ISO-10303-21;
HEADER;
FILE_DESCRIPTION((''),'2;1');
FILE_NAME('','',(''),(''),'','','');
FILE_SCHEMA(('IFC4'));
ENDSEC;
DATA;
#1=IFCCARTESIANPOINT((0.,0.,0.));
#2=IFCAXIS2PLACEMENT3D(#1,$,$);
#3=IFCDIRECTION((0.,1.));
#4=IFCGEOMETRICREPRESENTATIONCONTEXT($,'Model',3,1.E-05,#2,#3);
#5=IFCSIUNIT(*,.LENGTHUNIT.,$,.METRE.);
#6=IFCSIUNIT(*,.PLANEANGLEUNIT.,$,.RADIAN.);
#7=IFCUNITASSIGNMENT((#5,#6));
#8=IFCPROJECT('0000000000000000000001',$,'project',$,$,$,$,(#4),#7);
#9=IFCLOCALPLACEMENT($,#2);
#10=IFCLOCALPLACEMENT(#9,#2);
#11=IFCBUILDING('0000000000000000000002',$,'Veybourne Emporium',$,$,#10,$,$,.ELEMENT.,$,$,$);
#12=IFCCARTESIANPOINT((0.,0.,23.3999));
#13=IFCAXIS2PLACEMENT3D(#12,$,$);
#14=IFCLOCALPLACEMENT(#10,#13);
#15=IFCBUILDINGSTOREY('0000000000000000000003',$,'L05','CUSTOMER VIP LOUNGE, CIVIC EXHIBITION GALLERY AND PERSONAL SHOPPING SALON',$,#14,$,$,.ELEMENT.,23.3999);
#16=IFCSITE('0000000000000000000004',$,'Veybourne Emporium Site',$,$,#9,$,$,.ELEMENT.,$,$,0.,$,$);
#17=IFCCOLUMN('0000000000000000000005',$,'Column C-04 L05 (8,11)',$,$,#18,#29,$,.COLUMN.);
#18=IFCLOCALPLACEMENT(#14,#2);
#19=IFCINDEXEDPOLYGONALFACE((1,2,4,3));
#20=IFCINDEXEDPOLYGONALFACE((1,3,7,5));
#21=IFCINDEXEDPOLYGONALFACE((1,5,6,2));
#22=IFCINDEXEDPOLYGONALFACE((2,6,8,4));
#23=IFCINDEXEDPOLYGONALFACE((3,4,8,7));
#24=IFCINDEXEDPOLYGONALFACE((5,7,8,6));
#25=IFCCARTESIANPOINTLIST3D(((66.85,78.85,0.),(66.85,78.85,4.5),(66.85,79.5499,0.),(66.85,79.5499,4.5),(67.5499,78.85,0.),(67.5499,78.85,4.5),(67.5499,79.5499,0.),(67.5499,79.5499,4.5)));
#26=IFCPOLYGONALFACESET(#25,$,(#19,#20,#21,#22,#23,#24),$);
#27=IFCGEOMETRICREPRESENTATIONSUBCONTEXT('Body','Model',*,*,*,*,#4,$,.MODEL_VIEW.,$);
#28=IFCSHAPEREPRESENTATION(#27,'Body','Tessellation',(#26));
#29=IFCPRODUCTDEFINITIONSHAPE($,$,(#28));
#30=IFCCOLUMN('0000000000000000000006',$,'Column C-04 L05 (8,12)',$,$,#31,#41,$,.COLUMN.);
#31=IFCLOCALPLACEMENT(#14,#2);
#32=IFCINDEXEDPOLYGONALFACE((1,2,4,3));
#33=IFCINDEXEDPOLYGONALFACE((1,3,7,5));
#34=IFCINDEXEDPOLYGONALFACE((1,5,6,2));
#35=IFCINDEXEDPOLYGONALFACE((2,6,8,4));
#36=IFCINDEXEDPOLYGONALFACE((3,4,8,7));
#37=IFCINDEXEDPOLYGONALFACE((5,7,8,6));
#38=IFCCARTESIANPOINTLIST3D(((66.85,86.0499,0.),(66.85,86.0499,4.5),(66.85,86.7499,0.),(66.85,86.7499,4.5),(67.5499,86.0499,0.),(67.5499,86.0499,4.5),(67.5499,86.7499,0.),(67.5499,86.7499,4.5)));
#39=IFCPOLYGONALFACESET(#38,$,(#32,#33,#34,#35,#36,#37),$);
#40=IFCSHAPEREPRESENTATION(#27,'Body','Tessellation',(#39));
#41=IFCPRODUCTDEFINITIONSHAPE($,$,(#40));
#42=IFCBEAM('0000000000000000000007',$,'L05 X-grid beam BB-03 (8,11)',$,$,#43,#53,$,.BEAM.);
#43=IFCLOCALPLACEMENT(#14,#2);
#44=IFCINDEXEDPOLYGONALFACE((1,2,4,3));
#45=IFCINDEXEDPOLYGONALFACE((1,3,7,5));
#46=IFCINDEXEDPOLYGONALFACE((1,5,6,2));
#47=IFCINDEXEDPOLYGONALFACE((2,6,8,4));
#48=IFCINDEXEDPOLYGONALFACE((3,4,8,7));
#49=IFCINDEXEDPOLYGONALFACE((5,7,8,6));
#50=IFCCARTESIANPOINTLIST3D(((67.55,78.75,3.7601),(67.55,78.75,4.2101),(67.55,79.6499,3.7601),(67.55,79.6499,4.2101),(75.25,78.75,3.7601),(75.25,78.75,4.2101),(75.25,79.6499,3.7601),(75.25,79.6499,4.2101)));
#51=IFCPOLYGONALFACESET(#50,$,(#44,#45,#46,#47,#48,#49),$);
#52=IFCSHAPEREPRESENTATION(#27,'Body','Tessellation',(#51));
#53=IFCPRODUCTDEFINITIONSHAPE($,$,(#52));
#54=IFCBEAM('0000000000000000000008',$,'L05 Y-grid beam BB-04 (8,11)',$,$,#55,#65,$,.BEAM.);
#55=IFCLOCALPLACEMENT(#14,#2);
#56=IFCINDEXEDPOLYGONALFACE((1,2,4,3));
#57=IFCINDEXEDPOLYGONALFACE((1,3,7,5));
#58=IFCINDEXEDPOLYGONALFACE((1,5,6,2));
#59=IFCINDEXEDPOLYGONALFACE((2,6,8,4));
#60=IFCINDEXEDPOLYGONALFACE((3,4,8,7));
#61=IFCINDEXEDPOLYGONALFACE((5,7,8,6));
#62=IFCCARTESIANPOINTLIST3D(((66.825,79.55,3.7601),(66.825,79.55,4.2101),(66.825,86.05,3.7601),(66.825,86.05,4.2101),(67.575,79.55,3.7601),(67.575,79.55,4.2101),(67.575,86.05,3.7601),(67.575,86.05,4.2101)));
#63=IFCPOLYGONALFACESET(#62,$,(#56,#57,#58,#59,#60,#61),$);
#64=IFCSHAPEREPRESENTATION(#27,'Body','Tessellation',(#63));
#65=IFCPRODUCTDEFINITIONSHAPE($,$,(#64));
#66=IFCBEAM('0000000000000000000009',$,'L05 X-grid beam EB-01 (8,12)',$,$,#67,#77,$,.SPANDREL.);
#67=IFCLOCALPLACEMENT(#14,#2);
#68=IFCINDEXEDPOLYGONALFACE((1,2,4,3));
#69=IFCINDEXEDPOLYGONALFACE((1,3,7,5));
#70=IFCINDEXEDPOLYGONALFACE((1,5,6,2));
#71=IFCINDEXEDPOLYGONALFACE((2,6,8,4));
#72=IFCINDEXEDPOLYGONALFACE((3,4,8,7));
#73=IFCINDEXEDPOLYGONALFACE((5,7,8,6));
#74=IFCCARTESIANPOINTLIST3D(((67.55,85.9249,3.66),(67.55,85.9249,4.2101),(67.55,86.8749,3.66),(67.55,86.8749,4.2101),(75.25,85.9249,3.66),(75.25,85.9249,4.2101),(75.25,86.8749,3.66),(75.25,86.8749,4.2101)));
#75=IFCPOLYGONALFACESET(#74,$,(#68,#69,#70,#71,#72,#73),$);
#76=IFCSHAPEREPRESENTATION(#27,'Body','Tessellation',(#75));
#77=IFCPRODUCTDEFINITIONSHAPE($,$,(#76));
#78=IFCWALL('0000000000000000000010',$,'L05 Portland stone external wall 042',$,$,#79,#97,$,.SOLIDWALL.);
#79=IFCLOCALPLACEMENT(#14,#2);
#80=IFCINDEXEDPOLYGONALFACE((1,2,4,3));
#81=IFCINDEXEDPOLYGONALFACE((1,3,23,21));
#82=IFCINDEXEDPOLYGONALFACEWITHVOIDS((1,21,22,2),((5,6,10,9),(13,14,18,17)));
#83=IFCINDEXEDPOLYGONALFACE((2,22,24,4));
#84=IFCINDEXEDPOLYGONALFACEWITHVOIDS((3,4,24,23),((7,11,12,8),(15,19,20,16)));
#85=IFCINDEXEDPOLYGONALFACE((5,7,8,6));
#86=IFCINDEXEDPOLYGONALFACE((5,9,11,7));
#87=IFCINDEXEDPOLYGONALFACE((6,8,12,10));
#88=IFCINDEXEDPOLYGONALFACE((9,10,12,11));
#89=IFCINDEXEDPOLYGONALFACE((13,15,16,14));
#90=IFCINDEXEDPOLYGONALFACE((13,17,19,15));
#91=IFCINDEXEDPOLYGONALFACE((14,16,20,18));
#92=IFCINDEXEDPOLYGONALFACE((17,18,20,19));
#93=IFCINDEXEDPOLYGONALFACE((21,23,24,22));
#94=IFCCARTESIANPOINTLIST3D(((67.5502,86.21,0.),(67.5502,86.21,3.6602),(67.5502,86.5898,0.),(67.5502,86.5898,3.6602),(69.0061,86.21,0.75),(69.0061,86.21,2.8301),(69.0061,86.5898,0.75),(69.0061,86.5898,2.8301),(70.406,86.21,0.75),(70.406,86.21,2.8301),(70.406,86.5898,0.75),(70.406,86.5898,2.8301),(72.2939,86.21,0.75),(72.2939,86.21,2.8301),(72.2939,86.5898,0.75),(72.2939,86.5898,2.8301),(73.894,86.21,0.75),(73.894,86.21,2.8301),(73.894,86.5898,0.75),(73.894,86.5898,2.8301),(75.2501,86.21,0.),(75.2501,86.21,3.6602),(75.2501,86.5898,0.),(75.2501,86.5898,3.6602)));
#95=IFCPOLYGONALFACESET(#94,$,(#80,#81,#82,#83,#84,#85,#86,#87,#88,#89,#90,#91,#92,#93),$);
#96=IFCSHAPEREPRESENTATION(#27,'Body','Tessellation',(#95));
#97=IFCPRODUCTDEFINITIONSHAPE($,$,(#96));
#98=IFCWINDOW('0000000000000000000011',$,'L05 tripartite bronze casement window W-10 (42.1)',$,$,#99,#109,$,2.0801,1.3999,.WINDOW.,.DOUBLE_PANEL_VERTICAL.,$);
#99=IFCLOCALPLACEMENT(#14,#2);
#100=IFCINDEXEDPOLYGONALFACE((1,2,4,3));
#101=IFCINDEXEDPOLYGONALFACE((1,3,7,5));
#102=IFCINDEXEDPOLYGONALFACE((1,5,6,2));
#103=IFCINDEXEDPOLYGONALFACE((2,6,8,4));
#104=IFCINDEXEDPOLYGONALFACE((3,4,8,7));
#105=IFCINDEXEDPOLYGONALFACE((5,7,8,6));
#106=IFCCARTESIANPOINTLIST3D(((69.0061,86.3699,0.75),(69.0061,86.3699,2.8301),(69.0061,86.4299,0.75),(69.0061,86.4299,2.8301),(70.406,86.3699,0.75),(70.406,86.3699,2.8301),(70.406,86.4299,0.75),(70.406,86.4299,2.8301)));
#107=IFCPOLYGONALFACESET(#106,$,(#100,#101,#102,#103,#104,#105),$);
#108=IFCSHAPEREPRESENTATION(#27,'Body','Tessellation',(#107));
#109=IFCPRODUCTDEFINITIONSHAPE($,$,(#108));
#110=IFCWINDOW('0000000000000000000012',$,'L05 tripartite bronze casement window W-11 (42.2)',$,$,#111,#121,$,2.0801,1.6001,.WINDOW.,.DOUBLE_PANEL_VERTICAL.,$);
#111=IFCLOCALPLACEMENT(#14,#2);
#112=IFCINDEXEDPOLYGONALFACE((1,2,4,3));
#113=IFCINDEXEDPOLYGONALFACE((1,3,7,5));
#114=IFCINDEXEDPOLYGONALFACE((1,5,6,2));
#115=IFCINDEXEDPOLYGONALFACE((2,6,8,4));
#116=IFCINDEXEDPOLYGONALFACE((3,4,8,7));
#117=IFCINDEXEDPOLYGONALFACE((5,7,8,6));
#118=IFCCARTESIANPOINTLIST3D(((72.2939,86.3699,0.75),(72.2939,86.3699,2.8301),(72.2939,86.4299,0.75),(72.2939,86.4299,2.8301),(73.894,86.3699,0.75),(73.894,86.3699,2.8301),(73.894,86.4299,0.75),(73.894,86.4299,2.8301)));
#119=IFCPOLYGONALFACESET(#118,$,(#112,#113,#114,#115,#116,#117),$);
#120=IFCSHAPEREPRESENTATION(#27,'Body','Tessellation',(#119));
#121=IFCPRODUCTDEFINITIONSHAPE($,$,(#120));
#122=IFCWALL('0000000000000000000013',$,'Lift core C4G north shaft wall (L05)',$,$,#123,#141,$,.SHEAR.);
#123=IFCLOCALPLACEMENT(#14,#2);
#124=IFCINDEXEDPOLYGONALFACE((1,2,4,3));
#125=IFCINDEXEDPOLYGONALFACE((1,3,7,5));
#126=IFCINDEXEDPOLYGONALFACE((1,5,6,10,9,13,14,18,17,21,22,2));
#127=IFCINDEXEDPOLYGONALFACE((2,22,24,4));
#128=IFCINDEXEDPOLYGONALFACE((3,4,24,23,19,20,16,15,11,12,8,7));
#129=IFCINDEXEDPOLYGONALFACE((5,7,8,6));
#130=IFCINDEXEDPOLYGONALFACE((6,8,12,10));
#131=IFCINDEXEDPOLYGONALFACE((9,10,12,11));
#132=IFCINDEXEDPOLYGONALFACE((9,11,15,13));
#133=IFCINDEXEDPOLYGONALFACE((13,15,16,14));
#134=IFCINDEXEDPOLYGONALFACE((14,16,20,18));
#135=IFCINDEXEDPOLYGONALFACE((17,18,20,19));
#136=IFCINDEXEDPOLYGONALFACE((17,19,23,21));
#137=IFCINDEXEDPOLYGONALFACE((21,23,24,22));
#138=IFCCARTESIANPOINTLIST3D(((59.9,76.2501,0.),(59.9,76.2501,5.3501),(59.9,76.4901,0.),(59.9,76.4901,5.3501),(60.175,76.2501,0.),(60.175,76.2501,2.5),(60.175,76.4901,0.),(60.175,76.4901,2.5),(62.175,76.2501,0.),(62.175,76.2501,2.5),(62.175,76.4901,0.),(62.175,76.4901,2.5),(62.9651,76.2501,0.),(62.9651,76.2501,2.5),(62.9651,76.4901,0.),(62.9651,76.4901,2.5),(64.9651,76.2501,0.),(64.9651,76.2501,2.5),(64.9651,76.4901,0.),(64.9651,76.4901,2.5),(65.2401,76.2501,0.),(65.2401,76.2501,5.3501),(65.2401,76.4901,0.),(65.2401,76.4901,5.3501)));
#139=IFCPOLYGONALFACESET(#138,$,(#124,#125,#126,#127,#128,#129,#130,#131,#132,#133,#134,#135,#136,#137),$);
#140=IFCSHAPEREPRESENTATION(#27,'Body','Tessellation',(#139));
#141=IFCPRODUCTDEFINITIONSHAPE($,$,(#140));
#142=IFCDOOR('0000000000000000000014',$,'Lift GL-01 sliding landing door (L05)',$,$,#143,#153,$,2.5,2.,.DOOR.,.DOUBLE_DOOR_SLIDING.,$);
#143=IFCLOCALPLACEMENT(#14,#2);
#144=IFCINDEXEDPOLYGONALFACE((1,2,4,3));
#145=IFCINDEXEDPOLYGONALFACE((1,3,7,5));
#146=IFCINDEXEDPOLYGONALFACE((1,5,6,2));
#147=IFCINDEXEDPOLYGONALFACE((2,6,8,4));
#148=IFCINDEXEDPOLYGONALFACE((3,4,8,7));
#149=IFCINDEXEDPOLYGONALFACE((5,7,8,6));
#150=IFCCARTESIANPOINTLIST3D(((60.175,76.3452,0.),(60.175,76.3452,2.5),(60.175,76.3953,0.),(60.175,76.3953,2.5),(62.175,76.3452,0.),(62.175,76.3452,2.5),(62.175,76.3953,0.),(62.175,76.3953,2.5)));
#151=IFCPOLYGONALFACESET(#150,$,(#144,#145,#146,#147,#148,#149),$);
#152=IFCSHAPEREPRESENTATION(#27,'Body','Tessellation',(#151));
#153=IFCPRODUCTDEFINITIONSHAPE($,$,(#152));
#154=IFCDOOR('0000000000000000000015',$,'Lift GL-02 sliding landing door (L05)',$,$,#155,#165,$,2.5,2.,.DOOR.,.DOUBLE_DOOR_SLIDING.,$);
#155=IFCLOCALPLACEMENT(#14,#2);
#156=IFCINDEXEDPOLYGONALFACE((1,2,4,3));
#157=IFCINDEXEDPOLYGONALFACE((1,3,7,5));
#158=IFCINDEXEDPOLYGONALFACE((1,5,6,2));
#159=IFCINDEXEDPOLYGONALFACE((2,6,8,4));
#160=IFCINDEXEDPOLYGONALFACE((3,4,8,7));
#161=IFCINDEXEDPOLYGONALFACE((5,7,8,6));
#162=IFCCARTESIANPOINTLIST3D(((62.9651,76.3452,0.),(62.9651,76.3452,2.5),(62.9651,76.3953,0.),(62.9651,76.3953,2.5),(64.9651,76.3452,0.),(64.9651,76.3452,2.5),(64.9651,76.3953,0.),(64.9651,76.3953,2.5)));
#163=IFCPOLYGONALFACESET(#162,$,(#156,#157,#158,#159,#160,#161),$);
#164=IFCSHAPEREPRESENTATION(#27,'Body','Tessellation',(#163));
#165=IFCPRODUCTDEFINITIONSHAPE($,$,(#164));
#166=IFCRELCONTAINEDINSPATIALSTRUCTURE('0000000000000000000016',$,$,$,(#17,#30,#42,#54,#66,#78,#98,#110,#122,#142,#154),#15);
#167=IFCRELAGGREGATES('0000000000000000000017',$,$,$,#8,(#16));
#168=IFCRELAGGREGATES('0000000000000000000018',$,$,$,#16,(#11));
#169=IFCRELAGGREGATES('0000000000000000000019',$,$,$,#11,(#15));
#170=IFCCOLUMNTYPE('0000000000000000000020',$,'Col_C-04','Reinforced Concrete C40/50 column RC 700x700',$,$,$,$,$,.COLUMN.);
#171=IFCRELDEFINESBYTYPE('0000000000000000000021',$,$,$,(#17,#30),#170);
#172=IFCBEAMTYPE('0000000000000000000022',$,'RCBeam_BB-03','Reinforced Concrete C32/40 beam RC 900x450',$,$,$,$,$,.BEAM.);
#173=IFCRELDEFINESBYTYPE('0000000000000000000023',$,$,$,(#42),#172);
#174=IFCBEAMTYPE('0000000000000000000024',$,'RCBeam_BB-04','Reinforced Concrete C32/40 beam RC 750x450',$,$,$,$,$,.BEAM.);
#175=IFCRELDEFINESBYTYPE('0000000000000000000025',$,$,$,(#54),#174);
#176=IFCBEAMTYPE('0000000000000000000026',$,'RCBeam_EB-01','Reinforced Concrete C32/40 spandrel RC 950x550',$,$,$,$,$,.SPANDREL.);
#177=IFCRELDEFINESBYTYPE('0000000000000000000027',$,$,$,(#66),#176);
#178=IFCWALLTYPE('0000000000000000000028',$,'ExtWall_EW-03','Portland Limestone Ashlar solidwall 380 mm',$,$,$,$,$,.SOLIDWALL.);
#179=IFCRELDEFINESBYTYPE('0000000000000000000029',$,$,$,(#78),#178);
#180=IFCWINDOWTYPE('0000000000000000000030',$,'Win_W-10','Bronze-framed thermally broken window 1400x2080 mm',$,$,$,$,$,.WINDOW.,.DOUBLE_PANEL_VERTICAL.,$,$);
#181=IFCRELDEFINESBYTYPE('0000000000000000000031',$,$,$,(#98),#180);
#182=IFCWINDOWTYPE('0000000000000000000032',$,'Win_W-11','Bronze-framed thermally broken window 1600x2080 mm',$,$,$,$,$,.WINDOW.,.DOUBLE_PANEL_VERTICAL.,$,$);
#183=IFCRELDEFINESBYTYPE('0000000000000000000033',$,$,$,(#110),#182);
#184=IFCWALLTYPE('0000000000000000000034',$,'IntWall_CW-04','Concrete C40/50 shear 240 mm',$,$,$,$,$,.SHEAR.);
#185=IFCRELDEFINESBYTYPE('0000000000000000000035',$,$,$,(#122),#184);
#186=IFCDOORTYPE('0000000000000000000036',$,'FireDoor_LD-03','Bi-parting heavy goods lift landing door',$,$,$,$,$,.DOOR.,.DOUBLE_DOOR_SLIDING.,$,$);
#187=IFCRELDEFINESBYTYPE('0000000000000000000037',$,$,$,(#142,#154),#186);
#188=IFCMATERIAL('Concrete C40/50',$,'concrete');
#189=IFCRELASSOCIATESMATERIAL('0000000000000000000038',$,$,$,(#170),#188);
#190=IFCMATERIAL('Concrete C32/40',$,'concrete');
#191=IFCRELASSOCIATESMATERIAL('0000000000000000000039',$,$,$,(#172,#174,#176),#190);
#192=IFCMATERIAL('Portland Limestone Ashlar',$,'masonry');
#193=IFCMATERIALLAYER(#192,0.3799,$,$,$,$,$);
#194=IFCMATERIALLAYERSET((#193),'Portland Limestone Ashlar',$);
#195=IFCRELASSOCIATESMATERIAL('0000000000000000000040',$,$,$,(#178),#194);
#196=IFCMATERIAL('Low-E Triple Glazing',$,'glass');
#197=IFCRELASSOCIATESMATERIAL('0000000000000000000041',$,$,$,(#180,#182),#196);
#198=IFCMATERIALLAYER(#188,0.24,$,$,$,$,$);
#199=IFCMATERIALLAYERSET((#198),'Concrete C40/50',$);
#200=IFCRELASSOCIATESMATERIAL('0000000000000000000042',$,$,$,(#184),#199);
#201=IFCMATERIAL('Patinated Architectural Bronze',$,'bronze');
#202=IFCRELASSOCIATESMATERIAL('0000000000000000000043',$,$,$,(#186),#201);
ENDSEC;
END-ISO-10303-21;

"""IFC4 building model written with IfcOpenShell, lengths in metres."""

from ifc_helpers import new_model, si_unit, direction, frame, frame_2d, origin, origin_2d, place, context, subcontext, project, spatial, rectangle, extrude, material, layer, layer_set, material_profile, profile_set, type_object, element, fill, save


model = new_model("IFC4")

# Units and contexts
model_context = context("Model", 3, precision=1e-05, world=origin(), true_north=direction((0.0, 1.0)))
body_context = subcontext(model_context, "Body", "Model", "MODEL_VIEW")
ifc_project = project(units=[si_unit("LENGTHUNIT", "METRE"), si_unit("PLANEANGLEUNIT", "RADIAN")], contexts=[model_context])

# Site, building, storey
site_placement = place(None, origin())
site = spatial("IfcSite", under=ifc_project, at=site_placement, Name="Veybourne Emporium Site", CompositionType="ELEMENT", RefElevation=0.0)
building_placement = place(site_placement, origin())
building = spatial("IfcBuilding", under=site, at=building_placement, Name="Veybourne Emporium", CompositionType="ELEMENT")
storey_placement = place(building_placement, frame((0.0, 0.0, 23.3999)))
storey = spatial("IfcBuildingStorey", under=building, at=storey_placement, Name="L05", Description="CUSTOMER VIP LOUNGE, CIVIC EXHIBITION GALLERY AND PERSONAL SHOPPING SALON", CompositionType="ELEMENT", Elevation=23.3999)

# Columns
ifc_material_1 = material(Name="Concrete C40/50", Category="concrete")
ifc_material_profile_1 = material_profile(ifc_material_1, rectangle(XDim=0.7, YDim=0.7, at=origin_2d()), Name="RC 700x700")
ifc_profile_set_1 = profile_set([ifc_material_profile_1], Name="Concrete C40/50")
column_type = type_object("IfcColumnType", Name="Col_C-04", Description="Reinforced Concrete C40/50 column RC 700x700", PredefinedType="COLUMN", material=ifc_profile_set_1)
for number, where, z_axis, x_axis, name in (
    (1, (67.2, 79.2, 0.0), (0.0, 0.0, 1.0), (1.0, 0.0, 0.0), "Column C-04 L05 (8,11)"),
    (2, (67.2, 86.3999, 0.0), (0.0, 0.0, 1.0), (1.0, 0.0, 0.0), "Column C-04 L05 (8,12)"),
):
    element("IfcColumn", number, at=place(storey_placement, frame(where, z_axis=z_axis, x_axis=x_axis)), inside=storey, type_object=column_type, Name=name, PredefinedType="COLUMN", context=body_context, shape_type="SweptSolid", body=[
        extrude(rectangle(XDim=0.7, YDim=0.7, at=origin_2d()), origin(), (0.0, 0.0, 1.0), 4.5),
    ])

# Beams
ifc_material_2 = material(Name="Concrete C32/40", Category="concrete")
ifc_material_profile_2 = material_profile(ifc_material_2, rectangle(XDim=0.8999, YDim=0.45, at=origin_2d()), Name="RC 900x450")
ifc_profile_set_2 = profile_set([ifc_material_profile_2], Name="Concrete C32/40")
beam_type_1 = type_object("IfcBeamType", Name="RCBeam_BB-03", Description="Reinforced Concrete C32/40 beam RC 900x450", PredefinedType="BEAM", material=ifc_profile_set_2)
beam_1_placement = place(storey_placement, frame((67.55, 79.2, 3.9851), z_axis=(1.0, 0.0, 0.0), x_axis=(0.0, 1.0, 0.0)))
element("IfcBeam", 3, at=beam_1_placement, inside=storey, type_object=beam_type_1, Name="L05 X-grid beam BB-03 (8,11)", PredefinedType="BEAM", context=body_context, shape_type="SweptSolid", body=[
    extrude(rectangle(XDim=0.8999, YDim=0.45, at=origin_2d()), origin(), (0.0, 0.0, 1.0), 7.7),
])
ifc_material_profile_3 = material_profile(ifc_material_2, rectangle(XDim=0.75, YDim=0.45, at=origin_2d()), Name="RC 750x450")
ifc_profile_set_3 = profile_set([ifc_material_profile_3], Name="Concrete C32/40")
beam_type_2 = type_object("IfcBeamType", Name="RCBeam_BB-04", Description="Reinforced Concrete C32/40 beam RC 750x450", PredefinedType="BEAM", material=ifc_profile_set_3)
beam_2_placement = place(storey_placement, frame((67.2, 79.55, 3.9851), z_axis=(0.0, 1.0, 0.0), x_axis=(-1.0, 0.0, 0.0)))
element("IfcBeam", 4, at=beam_2_placement, inside=storey, type_object=beam_type_2, Name="L05 Y-grid beam BB-04 (8,11)", PredefinedType="BEAM", context=body_context, shape_type="SweptSolid", body=[
    extrude(rectangle(XDim=0.75, YDim=0.45, at=origin_2d()), origin(), (0.0, 0.0, 1.0), 6.5),
])
ifc_material_profile_4 = material_profile(ifc_material_2, rectangle(XDim=0.95, YDim=0.55, at=origin_2d()), Name="RC 950x550")
ifc_profile_set_4 = profile_set([ifc_material_profile_4], Name="Concrete C32/40")
beam_type_3 = type_object("IfcBeamType", Name="RCBeam_EB-01", Description="Reinforced Concrete C32/40 spandrel RC 950x550", PredefinedType="SPANDREL", material=ifc_profile_set_4)
beam_3_placement = place(storey_placement, frame((67.55, 86.3999, 3.9351), z_axis=(1.0, 0.0, 0.0), x_axis=(0.0, 1.0, 0.0)))
element("IfcBeam", 5, at=beam_3_placement, inside=storey, type_object=beam_type_3, Name="L05 X-grid beam EB-01 (8,12)", PredefinedType="SPANDREL", context=body_context, shape_type="SweptSolid", body=[
    extrude(rectangle(XDim=0.95, YDim=0.55, at=origin_2d()), origin(), (0.0, 0.0, 1.0), 7.7),
])

# Wall, openings, windows
ifc_material_3 = material(Name="Portland Limestone Ashlar", Category="masonry")
ifc_layer_1 = layer(ifc_material_3, 0.3799)
ifc_layer_set_1 = layer_set([ifc_layer_1], Name="Portland Limestone Ashlar")
wall_type_1 = type_object("IfcWallType", Name="ExtWall_EW-03", Description="Portland Limestone Ashlar solidwall 380 mm", PredefinedType="SOLIDWALL", material=ifc_layer_set_1)
wall_1_placement = place(storey_placement, frame((67.55, 86.3999, 0.0), z_axis=(0.0, 0.0, 1.0), x_axis=(1.0, 0.0, 0.0)))
wall_1 = element("IfcWall", 6, at=wall_1_placement, inside=storey, type_object=wall_type_1, Name="L05 Portland stone external wall 042", PredefinedType="SOLIDWALL", context=body_context, shape_type="SweptSolid", body=[
    extrude(rectangle(XDim=7.7, YDim=0.3799, at=frame_2d((3.8501, 0.0))), origin(), (0.0, 0.0, 1.0), 3.6602),
])
opening_1_placement = place(wall_1_placement, frame((1.4561, 0.0, 0.75)))
opening_1 = element("IfcOpeningElement", 7, at=opening_1_placement, cuts=wall_1, PredefinedType="OPENING", context=body_context, shape_type="SweptSolid", body=[
    extrude(rectangle(XDim=1.3999, YDim=2.0801, at=frame_2d((0.7, 1.04))), frame((0.0, 0.21, 0.0), z_axis=(0.0, -1.0, 0.0), x_axis=(1.0, 0.0, 0.0)), (0.0, 0.0, 1.0), 0.4199),
])
opening_2_placement = place(wall_1_placement, frame((4.7439, 0.0, 0.75)))
opening_2 = element("IfcOpeningElement", 8, at=opening_2_placement, cuts=wall_1, PredefinedType="OPENING", context=body_context, shape_type="SweptSolid", body=[
    extrude(rectangle(XDim=1.6001, YDim=2.0801, at=frame_2d((0.8, 1.04))), frame((0.0, 0.21, 0.0), z_axis=(0.0, -1.0, 0.0), x_axis=(1.0, 0.0, 0.0)), (0.0, 0.0, 1.0), 0.4199),
])
ifc_material_4 = material(Name="Low-E Triple Glazing", Category="glass")
window_type_1 = type_object("IfcWindowType", Name="Win_W-10", Description="Bronze-framed thermally broken window 1400x2080 mm", PartitioningType="DOUBLE_PANEL_VERTICAL", PredefinedType="WINDOW", material=ifc_material_4)
window_1_placement = place(opening_1_placement, origin())
window_1 = element("IfcWindow", 9, at=window_1_placement, inside=storey, type_object=window_type_1, Name="L05 tripartite bronze casement window W-10 (42.1)", OverallHeight=2.0801, OverallWidth=1.3999, PartitioningType="DOUBLE_PANEL_VERTICAL", PredefinedType="WINDOW", context=body_context, shape_type="SweptSolid", body=[
    extrude(rectangle(XDim=1.3999, YDim=2.0801, at=frame_2d((0.7, 1.04))), frame((0.0, 0.03, 0.0), z_axis=(0.0, -1.0, 0.0), x_axis=(1.0, 0.0, 0.0)), (0.0, 0.0, 1.0), 0.0601),
])
fill(opening_1, window_1)
window_type_2 = type_object("IfcWindowType", Name="Win_W-11", Description="Bronze-framed thermally broken window 1600x2080 mm", PartitioningType="DOUBLE_PANEL_VERTICAL", PredefinedType="WINDOW", material=ifc_material_4)
window_2_placement = place(opening_2_placement, origin())
window_2 = element("IfcWindow", 10, at=window_2_placement, inside=storey, type_object=window_type_2, Name="L05 tripartite bronze casement window W-11 (42.2)", OverallHeight=2.0801, OverallWidth=1.6001, PartitioningType="DOUBLE_PANEL_VERTICAL", PredefinedType="WINDOW", context=body_context, shape_type="SweptSolid", body=[
    extrude(rectangle(XDim=1.6001, YDim=2.0801, at=frame_2d((0.8, 1.04))), frame((0.0, 0.03, 0.0), z_axis=(0.0, -1.0, 0.0), x_axis=(1.0, 0.0, 0.0)), (0.0, 0.0, 1.0), 0.0601),
])
fill(opening_2, window_2)

# Wall, openings, doors
ifc_layer_2 = layer(ifc_material_1, 0.24)
ifc_layer_set_2 = layer_set([ifc_layer_2], Name="Concrete C40/50")
wall_type_2 = type_object("IfcWallType", Name="IntWall_CW-04", Description="Concrete C40/50 shear 240 mm", PredefinedType="SHEAR", material=ifc_layer_set_2)
wall_2_placement = place(storey_placement, frame((65.24, 76.3701, 0.0), z_axis=(0.0, 0.0, 1.0), x_axis=(-1.0, 0.0, 0.0)))
wall_2 = element("IfcWall", 11, at=wall_2_placement, inside=storey, type_object=wall_type_2, Name="Lift core C4G north shaft wall (L05)", PredefinedType="SHEAR", context=body_context, shape_type="SweptSolid", body=[
    extrude(rectangle(XDim=5.3401, YDim=0.24, at=frame_2d((2.6699, 0.0))), origin(), (0.0, 0.0, 1.0), 5.3501),
])
opening_3_placement = place(wall_2_placement, frame((3.0649, 0.0, 0.0)))
opening_3 = element("IfcOpeningElement", 12, at=opening_3_placement, cuts=wall_2, PredefinedType="OPENING", context=body_context, shape_type="SweptSolid", body=[
    extrude(rectangle(XDim=2.0, YDim=2.5, at=frame_2d((1.0, 1.25))), frame((0.0, 0.1401, 0.0), z_axis=(0.0, -1.0, 0.0), x_axis=(1.0, 0.0, 0.0)), (0.0, 0.0, 1.0), 0.28),
])
opening_4_placement = place(wall_2_placement, frame((0.2749, 0.0, 0.0)))
opening_4 = element("IfcOpeningElement", 13, at=opening_4_placement, cuts=wall_2, PredefinedType="OPENING", context=body_context, shape_type="SweptSolid", body=[
    extrude(rectangle(XDim=2.0, YDim=2.5, at=frame_2d((1.0, 1.25))), frame((0.0, 0.1401, 0.0), z_axis=(0.0, -1.0, 0.0), x_axis=(1.0, 0.0, 0.0)), (0.0, 0.0, 1.0), 0.28),
])
ifc_material_5 = material(Name="Patinated Architectural Bronze", Category="bronze")
door_type_1 = type_object("IfcDoorType", Name="FireDoor_LD-03", Description="Bi-parting heavy goods lift landing door", OperationType="DOUBLE_DOOR_SLIDING", PredefinedType="DOOR", material=ifc_material_5)
door_1_placement = place(opening_3_placement, origin())
door_1 = element("IfcDoor", 14, at=door_1_placement, inside=storey, type_object=door_type_1, Name="Lift GL-01 sliding landing door (L05)", OperationType="DOUBLE_DOOR_SLIDING", OverallHeight=2.5, OverallWidth=2.0, PredefinedType="DOOR", context=body_context, shape_type="SweptSolid", body=[
    extrude(rectangle(XDim=2.0, YDim=2.5, at=frame_2d((1.0, 1.25))), frame((0.0, 0.0249, 0.0), z_axis=(0.0, -1.0, 0.0), x_axis=(1.0, 0.0, 0.0)), (0.0, 0.0, 1.0), 0.05),
])
fill(opening_3, door_1)
door_2_placement = place(opening_4_placement, origin())
door_2 = element("IfcDoor", 15, at=door_2_placement, inside=storey, type_object=door_type_1, Name="Lift GL-02 sliding landing door (L05)", OperationType="DOUBLE_DOOR_SLIDING", OverallHeight=2.5, OverallWidth=2.0, PredefinedType="DOOR", context=body_context, shape_type="SweptSolid", body=[
    extrude(rectangle(XDim=2.0, YDim=2.5, at=frame_2d((1.0, 1.25))), frame((0.0, 0.0249, 0.0), z_axis=(0.0, -1.0, 0.0), x_axis=(1.0, 0.0, 0.0)), (0.0, 0.0, 1.0), 0.05),
])
fill(opening_4, door_2)

save(model, "model.ifc")
